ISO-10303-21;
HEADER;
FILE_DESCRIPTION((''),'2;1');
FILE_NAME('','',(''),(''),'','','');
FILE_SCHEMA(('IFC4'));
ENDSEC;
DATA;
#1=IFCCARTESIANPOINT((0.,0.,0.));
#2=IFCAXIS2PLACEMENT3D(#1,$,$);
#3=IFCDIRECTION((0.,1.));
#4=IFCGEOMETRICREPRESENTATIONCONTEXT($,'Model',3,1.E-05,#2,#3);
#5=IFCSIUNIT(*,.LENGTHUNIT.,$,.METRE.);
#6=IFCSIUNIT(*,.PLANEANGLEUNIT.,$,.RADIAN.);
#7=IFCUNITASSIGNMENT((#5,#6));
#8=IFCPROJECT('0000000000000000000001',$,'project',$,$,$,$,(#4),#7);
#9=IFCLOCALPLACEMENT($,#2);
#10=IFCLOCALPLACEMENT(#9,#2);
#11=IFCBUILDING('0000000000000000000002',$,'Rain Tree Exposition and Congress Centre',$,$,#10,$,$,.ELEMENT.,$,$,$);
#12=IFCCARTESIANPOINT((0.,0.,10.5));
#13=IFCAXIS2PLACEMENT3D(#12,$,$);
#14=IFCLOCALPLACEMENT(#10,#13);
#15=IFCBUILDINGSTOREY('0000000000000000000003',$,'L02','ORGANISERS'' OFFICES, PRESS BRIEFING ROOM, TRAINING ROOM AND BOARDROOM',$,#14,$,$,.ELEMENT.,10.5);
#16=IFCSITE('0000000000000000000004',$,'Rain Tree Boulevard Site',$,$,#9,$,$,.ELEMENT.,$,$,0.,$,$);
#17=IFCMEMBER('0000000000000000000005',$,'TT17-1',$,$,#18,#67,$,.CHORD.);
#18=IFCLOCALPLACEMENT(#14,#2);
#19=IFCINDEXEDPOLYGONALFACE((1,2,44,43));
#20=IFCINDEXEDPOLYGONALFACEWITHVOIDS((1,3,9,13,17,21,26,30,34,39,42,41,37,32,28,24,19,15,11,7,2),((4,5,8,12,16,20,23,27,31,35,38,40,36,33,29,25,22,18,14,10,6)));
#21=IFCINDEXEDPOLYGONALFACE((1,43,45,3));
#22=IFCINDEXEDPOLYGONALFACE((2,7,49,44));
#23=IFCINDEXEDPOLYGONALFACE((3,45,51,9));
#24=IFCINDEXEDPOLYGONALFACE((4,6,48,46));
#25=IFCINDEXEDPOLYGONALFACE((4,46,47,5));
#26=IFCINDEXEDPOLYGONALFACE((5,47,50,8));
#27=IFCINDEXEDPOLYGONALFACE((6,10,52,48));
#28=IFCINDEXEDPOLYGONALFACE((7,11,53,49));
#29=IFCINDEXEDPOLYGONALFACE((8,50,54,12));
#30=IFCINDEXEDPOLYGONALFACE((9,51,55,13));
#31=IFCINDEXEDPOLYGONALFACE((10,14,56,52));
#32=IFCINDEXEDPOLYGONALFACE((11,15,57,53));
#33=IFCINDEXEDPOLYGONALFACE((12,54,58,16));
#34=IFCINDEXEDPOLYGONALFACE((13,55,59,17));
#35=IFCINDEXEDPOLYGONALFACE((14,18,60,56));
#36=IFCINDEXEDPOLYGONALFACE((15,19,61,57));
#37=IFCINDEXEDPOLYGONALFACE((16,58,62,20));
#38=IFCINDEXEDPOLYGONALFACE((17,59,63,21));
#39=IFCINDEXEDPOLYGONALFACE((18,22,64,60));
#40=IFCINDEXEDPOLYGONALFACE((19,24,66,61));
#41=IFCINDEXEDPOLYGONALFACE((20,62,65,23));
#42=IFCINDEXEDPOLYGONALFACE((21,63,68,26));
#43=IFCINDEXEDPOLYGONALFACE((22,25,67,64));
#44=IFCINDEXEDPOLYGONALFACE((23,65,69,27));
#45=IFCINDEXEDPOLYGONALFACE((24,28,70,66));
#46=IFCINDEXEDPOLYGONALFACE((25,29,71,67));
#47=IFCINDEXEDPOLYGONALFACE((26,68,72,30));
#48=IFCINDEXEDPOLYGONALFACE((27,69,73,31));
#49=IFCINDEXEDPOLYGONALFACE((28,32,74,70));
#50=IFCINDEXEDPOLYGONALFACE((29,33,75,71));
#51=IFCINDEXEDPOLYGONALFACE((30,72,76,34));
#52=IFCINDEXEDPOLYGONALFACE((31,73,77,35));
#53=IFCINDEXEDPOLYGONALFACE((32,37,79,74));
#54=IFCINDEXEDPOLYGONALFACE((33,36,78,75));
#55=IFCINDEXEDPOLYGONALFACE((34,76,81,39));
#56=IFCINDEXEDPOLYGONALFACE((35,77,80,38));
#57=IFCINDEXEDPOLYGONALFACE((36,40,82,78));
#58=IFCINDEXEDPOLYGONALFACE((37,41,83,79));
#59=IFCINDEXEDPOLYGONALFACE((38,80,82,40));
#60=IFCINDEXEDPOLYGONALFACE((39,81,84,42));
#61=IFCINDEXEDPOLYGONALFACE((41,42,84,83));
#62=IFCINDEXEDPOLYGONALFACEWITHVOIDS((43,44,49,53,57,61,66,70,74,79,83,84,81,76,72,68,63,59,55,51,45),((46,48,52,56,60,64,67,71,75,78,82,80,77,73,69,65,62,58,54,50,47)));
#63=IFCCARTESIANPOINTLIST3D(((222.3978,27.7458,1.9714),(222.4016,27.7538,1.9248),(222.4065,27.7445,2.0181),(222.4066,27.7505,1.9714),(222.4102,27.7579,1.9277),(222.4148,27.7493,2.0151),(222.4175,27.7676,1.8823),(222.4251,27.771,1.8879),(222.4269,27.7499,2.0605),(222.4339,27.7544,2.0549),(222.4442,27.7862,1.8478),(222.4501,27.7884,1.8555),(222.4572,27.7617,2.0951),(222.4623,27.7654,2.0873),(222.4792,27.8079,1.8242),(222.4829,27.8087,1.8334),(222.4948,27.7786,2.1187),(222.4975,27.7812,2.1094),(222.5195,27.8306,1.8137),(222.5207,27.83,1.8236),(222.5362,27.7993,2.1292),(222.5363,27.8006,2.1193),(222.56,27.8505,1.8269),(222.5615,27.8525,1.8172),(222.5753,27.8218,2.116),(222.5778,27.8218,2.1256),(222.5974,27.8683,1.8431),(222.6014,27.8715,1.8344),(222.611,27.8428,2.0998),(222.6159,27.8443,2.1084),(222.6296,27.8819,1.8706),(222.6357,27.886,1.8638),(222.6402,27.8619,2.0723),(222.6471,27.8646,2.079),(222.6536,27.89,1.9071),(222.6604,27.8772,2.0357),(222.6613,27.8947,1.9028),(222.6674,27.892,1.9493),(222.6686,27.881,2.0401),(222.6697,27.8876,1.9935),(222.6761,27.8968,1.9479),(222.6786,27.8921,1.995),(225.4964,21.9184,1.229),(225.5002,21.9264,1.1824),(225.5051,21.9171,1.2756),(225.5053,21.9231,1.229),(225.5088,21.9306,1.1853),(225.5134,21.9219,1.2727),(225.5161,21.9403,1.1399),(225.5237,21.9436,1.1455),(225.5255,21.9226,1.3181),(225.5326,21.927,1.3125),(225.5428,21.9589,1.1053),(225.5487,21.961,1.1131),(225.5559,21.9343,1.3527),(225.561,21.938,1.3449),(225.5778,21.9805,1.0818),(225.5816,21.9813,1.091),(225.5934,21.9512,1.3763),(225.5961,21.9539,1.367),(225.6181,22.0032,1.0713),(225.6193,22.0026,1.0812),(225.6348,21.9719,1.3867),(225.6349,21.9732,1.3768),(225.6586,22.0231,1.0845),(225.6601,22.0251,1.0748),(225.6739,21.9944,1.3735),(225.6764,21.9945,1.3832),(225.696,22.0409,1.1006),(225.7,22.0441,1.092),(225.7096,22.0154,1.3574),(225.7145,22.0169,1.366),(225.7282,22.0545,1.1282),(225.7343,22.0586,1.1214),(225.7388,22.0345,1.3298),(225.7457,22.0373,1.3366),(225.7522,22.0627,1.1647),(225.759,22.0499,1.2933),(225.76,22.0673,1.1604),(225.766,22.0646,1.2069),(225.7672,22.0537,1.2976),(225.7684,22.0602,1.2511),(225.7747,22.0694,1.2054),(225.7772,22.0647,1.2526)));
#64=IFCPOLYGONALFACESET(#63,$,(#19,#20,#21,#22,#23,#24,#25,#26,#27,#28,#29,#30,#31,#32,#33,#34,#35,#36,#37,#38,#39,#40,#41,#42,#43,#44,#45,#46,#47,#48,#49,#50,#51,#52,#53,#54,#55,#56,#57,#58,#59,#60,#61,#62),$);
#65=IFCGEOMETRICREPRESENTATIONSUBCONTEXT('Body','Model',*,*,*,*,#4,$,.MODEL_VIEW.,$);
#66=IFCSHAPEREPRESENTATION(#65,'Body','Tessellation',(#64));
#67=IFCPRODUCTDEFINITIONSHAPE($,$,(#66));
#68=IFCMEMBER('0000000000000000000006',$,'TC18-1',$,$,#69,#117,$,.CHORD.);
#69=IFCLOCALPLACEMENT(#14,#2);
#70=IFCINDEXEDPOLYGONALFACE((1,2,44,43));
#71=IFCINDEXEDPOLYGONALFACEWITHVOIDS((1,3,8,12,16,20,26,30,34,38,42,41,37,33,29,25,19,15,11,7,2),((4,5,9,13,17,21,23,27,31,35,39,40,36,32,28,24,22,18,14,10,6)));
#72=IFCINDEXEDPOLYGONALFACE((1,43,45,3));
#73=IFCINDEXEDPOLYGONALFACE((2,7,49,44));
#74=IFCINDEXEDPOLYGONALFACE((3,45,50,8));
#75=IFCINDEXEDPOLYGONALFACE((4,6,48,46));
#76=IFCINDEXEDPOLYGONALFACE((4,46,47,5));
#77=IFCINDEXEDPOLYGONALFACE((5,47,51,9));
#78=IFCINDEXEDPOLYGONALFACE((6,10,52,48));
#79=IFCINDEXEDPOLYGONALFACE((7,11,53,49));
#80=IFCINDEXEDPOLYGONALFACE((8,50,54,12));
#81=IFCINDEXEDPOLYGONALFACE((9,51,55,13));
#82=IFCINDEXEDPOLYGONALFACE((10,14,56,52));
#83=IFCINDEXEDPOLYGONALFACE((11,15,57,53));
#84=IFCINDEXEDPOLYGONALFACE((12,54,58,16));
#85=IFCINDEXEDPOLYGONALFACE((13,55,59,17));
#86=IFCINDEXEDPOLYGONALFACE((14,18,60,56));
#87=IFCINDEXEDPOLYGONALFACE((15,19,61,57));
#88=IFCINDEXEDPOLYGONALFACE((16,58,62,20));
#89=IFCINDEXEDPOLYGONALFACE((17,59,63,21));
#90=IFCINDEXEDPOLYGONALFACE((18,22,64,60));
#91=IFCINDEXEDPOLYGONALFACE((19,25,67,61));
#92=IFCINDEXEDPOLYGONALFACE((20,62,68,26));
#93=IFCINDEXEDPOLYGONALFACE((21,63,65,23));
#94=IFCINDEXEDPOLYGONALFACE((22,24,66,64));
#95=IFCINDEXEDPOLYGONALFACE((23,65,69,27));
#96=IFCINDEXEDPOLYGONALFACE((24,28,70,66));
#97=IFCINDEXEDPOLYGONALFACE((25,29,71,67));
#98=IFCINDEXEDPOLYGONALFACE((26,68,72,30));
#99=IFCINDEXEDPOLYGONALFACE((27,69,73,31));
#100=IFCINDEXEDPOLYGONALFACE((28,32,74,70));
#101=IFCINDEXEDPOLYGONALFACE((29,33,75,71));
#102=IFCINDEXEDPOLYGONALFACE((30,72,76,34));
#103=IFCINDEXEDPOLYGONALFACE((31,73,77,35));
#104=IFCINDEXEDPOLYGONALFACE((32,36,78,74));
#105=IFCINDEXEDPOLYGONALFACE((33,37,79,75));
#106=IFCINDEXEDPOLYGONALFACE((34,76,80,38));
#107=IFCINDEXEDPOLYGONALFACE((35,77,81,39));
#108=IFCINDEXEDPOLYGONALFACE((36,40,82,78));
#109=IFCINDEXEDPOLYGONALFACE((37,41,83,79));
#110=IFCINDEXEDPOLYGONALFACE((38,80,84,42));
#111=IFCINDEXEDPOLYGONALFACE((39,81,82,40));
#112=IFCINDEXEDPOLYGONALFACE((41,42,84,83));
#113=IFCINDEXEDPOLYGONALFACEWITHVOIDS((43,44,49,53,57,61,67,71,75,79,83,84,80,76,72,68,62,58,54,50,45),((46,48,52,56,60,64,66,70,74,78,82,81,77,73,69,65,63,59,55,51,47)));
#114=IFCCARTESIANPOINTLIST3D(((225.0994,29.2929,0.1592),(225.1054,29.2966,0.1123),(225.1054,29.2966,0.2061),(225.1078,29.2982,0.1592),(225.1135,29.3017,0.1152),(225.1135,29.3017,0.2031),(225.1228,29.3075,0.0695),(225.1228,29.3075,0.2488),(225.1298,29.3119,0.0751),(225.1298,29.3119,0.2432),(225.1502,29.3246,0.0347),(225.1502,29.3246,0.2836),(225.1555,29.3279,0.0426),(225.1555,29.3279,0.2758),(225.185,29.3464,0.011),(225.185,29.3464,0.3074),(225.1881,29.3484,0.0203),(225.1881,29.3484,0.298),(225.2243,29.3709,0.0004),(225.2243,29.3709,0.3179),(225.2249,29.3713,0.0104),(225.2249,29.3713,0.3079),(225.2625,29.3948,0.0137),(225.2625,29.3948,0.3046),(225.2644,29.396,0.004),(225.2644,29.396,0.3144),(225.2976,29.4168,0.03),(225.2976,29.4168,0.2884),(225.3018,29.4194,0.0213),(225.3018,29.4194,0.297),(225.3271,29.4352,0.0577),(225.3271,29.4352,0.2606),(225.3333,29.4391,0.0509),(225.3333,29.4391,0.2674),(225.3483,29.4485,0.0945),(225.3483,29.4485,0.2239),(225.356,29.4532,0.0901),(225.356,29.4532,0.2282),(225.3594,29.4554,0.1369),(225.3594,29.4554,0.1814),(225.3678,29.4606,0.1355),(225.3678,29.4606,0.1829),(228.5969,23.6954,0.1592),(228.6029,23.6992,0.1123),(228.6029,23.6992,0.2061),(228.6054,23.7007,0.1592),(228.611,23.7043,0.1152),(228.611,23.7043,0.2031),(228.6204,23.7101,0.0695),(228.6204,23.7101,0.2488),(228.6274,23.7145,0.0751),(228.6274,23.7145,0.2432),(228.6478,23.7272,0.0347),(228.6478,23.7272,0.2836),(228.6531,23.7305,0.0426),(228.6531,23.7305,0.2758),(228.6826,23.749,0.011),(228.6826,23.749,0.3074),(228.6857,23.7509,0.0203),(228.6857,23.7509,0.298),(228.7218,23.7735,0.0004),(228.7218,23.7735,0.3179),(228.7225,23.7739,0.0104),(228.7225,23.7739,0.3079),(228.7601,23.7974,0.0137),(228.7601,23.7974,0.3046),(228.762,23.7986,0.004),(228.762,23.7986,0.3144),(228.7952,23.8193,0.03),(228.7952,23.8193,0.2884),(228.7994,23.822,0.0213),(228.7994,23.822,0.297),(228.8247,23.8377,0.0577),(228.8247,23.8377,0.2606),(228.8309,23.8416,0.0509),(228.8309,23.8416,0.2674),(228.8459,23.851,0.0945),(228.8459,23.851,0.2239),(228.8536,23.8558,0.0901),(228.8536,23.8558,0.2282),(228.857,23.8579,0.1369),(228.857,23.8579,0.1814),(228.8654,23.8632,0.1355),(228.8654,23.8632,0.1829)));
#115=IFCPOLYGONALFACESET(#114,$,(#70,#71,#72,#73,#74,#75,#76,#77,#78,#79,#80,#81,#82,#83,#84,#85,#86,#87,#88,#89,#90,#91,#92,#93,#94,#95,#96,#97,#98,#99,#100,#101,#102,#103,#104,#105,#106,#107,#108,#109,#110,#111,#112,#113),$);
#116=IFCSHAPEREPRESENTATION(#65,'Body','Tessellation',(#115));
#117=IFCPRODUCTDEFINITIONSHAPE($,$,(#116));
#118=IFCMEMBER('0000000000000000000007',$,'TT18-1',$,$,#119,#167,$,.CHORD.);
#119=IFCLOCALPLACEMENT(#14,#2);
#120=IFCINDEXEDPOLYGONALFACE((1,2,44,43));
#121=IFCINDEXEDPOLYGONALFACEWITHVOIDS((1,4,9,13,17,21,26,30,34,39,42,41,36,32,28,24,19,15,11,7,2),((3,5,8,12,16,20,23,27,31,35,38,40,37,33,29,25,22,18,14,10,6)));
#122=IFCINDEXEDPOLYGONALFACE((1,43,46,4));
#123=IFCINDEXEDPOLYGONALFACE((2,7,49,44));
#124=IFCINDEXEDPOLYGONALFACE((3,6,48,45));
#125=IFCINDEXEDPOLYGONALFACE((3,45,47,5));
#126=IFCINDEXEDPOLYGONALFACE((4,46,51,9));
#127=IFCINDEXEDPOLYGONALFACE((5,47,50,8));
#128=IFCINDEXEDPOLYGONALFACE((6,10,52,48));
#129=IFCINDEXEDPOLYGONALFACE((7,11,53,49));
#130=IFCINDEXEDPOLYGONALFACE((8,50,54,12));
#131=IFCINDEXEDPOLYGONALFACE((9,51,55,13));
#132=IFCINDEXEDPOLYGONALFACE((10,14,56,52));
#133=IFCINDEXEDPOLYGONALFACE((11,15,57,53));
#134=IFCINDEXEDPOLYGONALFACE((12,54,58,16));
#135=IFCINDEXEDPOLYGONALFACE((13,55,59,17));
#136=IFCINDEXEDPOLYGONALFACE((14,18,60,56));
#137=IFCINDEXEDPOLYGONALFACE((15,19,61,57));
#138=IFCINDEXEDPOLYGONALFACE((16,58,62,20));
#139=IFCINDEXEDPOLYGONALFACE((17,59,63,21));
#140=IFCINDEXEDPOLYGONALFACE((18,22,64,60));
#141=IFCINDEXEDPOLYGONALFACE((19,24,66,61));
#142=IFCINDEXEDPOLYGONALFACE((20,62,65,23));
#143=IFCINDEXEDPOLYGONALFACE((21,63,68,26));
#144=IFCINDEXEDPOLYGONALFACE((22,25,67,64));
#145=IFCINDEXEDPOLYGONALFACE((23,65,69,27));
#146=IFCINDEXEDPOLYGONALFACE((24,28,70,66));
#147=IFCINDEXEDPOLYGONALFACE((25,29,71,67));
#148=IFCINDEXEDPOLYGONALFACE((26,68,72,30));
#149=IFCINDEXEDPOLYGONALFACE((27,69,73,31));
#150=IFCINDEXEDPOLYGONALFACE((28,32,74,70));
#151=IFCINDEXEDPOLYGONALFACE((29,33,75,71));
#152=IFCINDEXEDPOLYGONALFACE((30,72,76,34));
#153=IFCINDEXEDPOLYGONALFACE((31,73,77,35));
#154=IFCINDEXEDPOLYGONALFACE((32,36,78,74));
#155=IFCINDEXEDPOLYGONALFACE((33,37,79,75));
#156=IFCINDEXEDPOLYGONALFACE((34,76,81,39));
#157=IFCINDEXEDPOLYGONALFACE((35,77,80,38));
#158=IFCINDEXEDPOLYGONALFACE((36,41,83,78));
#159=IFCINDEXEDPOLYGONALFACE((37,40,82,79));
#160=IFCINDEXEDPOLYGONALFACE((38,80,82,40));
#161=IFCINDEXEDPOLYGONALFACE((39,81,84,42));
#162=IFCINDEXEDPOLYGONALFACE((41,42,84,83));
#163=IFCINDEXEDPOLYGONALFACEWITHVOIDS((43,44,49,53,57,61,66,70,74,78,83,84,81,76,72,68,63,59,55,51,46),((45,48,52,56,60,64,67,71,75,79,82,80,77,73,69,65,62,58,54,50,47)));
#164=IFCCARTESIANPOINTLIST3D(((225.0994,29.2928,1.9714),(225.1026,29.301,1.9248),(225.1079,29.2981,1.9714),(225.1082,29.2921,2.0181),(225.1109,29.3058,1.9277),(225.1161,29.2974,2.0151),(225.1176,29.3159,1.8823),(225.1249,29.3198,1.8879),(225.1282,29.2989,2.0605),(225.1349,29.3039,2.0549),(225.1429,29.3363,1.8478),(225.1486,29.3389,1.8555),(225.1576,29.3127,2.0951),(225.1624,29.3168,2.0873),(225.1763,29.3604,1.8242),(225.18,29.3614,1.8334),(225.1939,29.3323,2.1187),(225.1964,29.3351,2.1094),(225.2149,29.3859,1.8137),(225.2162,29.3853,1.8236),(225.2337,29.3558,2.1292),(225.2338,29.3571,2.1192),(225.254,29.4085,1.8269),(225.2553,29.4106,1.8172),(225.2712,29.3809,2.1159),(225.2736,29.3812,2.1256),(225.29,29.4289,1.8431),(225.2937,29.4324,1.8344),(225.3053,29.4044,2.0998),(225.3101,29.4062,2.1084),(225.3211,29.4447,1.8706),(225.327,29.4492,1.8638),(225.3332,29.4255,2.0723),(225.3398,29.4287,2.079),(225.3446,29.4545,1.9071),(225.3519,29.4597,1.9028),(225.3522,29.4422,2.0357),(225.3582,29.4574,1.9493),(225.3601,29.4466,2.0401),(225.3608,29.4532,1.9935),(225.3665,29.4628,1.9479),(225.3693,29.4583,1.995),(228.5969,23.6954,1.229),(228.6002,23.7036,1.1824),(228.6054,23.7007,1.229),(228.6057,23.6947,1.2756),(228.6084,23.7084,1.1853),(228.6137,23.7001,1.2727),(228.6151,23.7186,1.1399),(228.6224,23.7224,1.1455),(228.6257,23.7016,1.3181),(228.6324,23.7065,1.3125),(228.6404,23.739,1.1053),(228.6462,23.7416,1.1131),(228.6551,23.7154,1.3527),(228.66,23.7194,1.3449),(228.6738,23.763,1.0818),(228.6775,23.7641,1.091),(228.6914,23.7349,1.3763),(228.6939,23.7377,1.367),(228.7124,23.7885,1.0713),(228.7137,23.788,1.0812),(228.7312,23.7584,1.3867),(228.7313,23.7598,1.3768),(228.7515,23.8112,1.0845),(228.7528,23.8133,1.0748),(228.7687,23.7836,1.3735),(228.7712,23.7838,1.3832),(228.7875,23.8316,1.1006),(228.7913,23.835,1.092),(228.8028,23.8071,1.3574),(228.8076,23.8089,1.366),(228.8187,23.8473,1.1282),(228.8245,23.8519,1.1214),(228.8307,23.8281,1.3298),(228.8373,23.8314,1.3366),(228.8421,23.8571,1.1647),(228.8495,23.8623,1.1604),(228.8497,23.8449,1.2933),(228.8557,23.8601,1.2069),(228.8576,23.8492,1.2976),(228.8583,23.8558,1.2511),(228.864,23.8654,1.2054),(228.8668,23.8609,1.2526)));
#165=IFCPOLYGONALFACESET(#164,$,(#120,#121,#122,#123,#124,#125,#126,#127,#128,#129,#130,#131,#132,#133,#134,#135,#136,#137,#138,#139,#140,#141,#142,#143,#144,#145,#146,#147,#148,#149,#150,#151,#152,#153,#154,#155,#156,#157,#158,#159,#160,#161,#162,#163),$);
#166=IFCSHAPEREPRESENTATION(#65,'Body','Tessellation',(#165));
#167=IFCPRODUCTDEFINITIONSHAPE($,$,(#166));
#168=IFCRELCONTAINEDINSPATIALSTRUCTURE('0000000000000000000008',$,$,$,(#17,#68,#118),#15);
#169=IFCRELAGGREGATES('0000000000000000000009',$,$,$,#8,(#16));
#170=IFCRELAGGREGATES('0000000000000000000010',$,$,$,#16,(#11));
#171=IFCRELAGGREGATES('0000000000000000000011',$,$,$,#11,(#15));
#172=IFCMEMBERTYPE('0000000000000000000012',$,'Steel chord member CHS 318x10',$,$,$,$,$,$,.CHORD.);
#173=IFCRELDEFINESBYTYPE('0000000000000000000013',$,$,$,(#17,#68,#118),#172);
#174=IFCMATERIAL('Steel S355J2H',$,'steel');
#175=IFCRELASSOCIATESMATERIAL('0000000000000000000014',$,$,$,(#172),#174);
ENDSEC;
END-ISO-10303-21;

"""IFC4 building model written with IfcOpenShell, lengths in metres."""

from ifc_helpers import new_model, si_unit, direction, frame, origin, origin_2d, place, context, subcontext, project, spatial, hollow_circle, extrude, material, material_profile, profile_set, type_object, element, save


model = new_model("IFC4")

# Units and contexts
model_context = context("Model", 3, precision=1e-05, world=origin(), true_north=direction((0.0, 1.0)))
body_context = subcontext(model_context, "Body", "Model", "MODEL_VIEW")
ifc_project = project(units=[si_unit("LENGTHUNIT", "METRE"), si_unit("PLANEANGLEUNIT", "RADIAN")], contexts=[model_context])

# Site, building, storey
site_placement = place(None, origin())
site = spatial("IfcSite", under=ifc_project, at=site_placement, Name="Rain Tree Boulevard Site", CompositionType="ELEMENT", RefElevation=0.0)
building_placement = place(site_placement, origin())
building = spatial("IfcBuilding", under=site, at=building_placement, Name="Rain Tree Exposition and Congress Centre", CompositionType="ELEMENT")
storey_placement = place(building_placement, frame((0.0, 0.0, 10.5)))
storey = spatial("IfcBuildingStorey", under=building, at=storey_placement, Name="L02", Description="ORGANISERS' OFFICES, PRESS BRIEFING ROOM, TRAINING ROOM AND BOARDROOM", CompositionType="ELEMENT", Elevation=10.5)

# Members
ifc_material_1 = material(Name="Steel S355J2H", Category="steel")
ifc_material_profile_1 = material_profile(ifc_material_1, hollow_circle(Radius=0.1592, WallThickness=0.01, at=origin_2d()), Name="CHS 318x10")
ifc_profile_set_1 = profile_set([ifc_material_profile_1], Name="Steel S355J2H")
member_type_1 = type_object("IfcMemberType", Name="Steel chord member CHS 318x10", PredefinedType="CHORD", material=ifc_profile_set_1)
member_1_placement = place(storey_placement, frame((225.637, 21.9932, 1.229), z_axis=(-0.466547, 0.877404, 0.111785), x_axis=(-0.882938, -0.46949, 0.0)))
element("IfcMember", 1, at=member_1_placement, inside=storey, type_object=member_type_1, Name="TT17-1", PredefinedType="CHORD", context=body_context, shape_type="SweptSolid", body=[
    extrude(hollow_circle(Radius=0.1592, WallThickness=0.01, at=origin_2d()), origin(), (0.0, 0.0, 1.0), 6.6416),
])
member_2_placement = place(storey_placement, frame((228.7319, 23.7798, 0.1592), z_axis=(-0.529909, 0.848054, 0.0), x_axis=(-0.848054, -0.529909, 0.0)))
element("IfcMember", 2, at=member_2_placement, inside=storey, type_object=member_type_1, Name="TC18-1", PredefinedType="CHORD", context=body_context, shape_type="SweptSolid", body=[
    extrude(hollow_circle(Radius=0.1592, WallThickness=0.01, at=origin_2d()), origin(), (0.0, 0.0, 1.0), 6.6003),
])
member_3_placement = place(storey_placement, frame((228.7319, 23.7798, 1.229), z_axis=(-0.526588, 0.84274, 0.11178), x_axis=(-0.848054, -0.529909, 0.0)))
element("IfcMember", 3, at=member_3_placement, inside=storey, type_object=member_type_1, Name="TT18-1", PredefinedType="CHORD", context=body_context, shape_type="SweptSolid", body=[
    extrude(hollow_circle(Radius=0.1592, WallThickness=0.01, at=origin_2d()), origin(), (0.0, 0.0, 1.0), 6.6418),
])

save(model, "model.ifc")
